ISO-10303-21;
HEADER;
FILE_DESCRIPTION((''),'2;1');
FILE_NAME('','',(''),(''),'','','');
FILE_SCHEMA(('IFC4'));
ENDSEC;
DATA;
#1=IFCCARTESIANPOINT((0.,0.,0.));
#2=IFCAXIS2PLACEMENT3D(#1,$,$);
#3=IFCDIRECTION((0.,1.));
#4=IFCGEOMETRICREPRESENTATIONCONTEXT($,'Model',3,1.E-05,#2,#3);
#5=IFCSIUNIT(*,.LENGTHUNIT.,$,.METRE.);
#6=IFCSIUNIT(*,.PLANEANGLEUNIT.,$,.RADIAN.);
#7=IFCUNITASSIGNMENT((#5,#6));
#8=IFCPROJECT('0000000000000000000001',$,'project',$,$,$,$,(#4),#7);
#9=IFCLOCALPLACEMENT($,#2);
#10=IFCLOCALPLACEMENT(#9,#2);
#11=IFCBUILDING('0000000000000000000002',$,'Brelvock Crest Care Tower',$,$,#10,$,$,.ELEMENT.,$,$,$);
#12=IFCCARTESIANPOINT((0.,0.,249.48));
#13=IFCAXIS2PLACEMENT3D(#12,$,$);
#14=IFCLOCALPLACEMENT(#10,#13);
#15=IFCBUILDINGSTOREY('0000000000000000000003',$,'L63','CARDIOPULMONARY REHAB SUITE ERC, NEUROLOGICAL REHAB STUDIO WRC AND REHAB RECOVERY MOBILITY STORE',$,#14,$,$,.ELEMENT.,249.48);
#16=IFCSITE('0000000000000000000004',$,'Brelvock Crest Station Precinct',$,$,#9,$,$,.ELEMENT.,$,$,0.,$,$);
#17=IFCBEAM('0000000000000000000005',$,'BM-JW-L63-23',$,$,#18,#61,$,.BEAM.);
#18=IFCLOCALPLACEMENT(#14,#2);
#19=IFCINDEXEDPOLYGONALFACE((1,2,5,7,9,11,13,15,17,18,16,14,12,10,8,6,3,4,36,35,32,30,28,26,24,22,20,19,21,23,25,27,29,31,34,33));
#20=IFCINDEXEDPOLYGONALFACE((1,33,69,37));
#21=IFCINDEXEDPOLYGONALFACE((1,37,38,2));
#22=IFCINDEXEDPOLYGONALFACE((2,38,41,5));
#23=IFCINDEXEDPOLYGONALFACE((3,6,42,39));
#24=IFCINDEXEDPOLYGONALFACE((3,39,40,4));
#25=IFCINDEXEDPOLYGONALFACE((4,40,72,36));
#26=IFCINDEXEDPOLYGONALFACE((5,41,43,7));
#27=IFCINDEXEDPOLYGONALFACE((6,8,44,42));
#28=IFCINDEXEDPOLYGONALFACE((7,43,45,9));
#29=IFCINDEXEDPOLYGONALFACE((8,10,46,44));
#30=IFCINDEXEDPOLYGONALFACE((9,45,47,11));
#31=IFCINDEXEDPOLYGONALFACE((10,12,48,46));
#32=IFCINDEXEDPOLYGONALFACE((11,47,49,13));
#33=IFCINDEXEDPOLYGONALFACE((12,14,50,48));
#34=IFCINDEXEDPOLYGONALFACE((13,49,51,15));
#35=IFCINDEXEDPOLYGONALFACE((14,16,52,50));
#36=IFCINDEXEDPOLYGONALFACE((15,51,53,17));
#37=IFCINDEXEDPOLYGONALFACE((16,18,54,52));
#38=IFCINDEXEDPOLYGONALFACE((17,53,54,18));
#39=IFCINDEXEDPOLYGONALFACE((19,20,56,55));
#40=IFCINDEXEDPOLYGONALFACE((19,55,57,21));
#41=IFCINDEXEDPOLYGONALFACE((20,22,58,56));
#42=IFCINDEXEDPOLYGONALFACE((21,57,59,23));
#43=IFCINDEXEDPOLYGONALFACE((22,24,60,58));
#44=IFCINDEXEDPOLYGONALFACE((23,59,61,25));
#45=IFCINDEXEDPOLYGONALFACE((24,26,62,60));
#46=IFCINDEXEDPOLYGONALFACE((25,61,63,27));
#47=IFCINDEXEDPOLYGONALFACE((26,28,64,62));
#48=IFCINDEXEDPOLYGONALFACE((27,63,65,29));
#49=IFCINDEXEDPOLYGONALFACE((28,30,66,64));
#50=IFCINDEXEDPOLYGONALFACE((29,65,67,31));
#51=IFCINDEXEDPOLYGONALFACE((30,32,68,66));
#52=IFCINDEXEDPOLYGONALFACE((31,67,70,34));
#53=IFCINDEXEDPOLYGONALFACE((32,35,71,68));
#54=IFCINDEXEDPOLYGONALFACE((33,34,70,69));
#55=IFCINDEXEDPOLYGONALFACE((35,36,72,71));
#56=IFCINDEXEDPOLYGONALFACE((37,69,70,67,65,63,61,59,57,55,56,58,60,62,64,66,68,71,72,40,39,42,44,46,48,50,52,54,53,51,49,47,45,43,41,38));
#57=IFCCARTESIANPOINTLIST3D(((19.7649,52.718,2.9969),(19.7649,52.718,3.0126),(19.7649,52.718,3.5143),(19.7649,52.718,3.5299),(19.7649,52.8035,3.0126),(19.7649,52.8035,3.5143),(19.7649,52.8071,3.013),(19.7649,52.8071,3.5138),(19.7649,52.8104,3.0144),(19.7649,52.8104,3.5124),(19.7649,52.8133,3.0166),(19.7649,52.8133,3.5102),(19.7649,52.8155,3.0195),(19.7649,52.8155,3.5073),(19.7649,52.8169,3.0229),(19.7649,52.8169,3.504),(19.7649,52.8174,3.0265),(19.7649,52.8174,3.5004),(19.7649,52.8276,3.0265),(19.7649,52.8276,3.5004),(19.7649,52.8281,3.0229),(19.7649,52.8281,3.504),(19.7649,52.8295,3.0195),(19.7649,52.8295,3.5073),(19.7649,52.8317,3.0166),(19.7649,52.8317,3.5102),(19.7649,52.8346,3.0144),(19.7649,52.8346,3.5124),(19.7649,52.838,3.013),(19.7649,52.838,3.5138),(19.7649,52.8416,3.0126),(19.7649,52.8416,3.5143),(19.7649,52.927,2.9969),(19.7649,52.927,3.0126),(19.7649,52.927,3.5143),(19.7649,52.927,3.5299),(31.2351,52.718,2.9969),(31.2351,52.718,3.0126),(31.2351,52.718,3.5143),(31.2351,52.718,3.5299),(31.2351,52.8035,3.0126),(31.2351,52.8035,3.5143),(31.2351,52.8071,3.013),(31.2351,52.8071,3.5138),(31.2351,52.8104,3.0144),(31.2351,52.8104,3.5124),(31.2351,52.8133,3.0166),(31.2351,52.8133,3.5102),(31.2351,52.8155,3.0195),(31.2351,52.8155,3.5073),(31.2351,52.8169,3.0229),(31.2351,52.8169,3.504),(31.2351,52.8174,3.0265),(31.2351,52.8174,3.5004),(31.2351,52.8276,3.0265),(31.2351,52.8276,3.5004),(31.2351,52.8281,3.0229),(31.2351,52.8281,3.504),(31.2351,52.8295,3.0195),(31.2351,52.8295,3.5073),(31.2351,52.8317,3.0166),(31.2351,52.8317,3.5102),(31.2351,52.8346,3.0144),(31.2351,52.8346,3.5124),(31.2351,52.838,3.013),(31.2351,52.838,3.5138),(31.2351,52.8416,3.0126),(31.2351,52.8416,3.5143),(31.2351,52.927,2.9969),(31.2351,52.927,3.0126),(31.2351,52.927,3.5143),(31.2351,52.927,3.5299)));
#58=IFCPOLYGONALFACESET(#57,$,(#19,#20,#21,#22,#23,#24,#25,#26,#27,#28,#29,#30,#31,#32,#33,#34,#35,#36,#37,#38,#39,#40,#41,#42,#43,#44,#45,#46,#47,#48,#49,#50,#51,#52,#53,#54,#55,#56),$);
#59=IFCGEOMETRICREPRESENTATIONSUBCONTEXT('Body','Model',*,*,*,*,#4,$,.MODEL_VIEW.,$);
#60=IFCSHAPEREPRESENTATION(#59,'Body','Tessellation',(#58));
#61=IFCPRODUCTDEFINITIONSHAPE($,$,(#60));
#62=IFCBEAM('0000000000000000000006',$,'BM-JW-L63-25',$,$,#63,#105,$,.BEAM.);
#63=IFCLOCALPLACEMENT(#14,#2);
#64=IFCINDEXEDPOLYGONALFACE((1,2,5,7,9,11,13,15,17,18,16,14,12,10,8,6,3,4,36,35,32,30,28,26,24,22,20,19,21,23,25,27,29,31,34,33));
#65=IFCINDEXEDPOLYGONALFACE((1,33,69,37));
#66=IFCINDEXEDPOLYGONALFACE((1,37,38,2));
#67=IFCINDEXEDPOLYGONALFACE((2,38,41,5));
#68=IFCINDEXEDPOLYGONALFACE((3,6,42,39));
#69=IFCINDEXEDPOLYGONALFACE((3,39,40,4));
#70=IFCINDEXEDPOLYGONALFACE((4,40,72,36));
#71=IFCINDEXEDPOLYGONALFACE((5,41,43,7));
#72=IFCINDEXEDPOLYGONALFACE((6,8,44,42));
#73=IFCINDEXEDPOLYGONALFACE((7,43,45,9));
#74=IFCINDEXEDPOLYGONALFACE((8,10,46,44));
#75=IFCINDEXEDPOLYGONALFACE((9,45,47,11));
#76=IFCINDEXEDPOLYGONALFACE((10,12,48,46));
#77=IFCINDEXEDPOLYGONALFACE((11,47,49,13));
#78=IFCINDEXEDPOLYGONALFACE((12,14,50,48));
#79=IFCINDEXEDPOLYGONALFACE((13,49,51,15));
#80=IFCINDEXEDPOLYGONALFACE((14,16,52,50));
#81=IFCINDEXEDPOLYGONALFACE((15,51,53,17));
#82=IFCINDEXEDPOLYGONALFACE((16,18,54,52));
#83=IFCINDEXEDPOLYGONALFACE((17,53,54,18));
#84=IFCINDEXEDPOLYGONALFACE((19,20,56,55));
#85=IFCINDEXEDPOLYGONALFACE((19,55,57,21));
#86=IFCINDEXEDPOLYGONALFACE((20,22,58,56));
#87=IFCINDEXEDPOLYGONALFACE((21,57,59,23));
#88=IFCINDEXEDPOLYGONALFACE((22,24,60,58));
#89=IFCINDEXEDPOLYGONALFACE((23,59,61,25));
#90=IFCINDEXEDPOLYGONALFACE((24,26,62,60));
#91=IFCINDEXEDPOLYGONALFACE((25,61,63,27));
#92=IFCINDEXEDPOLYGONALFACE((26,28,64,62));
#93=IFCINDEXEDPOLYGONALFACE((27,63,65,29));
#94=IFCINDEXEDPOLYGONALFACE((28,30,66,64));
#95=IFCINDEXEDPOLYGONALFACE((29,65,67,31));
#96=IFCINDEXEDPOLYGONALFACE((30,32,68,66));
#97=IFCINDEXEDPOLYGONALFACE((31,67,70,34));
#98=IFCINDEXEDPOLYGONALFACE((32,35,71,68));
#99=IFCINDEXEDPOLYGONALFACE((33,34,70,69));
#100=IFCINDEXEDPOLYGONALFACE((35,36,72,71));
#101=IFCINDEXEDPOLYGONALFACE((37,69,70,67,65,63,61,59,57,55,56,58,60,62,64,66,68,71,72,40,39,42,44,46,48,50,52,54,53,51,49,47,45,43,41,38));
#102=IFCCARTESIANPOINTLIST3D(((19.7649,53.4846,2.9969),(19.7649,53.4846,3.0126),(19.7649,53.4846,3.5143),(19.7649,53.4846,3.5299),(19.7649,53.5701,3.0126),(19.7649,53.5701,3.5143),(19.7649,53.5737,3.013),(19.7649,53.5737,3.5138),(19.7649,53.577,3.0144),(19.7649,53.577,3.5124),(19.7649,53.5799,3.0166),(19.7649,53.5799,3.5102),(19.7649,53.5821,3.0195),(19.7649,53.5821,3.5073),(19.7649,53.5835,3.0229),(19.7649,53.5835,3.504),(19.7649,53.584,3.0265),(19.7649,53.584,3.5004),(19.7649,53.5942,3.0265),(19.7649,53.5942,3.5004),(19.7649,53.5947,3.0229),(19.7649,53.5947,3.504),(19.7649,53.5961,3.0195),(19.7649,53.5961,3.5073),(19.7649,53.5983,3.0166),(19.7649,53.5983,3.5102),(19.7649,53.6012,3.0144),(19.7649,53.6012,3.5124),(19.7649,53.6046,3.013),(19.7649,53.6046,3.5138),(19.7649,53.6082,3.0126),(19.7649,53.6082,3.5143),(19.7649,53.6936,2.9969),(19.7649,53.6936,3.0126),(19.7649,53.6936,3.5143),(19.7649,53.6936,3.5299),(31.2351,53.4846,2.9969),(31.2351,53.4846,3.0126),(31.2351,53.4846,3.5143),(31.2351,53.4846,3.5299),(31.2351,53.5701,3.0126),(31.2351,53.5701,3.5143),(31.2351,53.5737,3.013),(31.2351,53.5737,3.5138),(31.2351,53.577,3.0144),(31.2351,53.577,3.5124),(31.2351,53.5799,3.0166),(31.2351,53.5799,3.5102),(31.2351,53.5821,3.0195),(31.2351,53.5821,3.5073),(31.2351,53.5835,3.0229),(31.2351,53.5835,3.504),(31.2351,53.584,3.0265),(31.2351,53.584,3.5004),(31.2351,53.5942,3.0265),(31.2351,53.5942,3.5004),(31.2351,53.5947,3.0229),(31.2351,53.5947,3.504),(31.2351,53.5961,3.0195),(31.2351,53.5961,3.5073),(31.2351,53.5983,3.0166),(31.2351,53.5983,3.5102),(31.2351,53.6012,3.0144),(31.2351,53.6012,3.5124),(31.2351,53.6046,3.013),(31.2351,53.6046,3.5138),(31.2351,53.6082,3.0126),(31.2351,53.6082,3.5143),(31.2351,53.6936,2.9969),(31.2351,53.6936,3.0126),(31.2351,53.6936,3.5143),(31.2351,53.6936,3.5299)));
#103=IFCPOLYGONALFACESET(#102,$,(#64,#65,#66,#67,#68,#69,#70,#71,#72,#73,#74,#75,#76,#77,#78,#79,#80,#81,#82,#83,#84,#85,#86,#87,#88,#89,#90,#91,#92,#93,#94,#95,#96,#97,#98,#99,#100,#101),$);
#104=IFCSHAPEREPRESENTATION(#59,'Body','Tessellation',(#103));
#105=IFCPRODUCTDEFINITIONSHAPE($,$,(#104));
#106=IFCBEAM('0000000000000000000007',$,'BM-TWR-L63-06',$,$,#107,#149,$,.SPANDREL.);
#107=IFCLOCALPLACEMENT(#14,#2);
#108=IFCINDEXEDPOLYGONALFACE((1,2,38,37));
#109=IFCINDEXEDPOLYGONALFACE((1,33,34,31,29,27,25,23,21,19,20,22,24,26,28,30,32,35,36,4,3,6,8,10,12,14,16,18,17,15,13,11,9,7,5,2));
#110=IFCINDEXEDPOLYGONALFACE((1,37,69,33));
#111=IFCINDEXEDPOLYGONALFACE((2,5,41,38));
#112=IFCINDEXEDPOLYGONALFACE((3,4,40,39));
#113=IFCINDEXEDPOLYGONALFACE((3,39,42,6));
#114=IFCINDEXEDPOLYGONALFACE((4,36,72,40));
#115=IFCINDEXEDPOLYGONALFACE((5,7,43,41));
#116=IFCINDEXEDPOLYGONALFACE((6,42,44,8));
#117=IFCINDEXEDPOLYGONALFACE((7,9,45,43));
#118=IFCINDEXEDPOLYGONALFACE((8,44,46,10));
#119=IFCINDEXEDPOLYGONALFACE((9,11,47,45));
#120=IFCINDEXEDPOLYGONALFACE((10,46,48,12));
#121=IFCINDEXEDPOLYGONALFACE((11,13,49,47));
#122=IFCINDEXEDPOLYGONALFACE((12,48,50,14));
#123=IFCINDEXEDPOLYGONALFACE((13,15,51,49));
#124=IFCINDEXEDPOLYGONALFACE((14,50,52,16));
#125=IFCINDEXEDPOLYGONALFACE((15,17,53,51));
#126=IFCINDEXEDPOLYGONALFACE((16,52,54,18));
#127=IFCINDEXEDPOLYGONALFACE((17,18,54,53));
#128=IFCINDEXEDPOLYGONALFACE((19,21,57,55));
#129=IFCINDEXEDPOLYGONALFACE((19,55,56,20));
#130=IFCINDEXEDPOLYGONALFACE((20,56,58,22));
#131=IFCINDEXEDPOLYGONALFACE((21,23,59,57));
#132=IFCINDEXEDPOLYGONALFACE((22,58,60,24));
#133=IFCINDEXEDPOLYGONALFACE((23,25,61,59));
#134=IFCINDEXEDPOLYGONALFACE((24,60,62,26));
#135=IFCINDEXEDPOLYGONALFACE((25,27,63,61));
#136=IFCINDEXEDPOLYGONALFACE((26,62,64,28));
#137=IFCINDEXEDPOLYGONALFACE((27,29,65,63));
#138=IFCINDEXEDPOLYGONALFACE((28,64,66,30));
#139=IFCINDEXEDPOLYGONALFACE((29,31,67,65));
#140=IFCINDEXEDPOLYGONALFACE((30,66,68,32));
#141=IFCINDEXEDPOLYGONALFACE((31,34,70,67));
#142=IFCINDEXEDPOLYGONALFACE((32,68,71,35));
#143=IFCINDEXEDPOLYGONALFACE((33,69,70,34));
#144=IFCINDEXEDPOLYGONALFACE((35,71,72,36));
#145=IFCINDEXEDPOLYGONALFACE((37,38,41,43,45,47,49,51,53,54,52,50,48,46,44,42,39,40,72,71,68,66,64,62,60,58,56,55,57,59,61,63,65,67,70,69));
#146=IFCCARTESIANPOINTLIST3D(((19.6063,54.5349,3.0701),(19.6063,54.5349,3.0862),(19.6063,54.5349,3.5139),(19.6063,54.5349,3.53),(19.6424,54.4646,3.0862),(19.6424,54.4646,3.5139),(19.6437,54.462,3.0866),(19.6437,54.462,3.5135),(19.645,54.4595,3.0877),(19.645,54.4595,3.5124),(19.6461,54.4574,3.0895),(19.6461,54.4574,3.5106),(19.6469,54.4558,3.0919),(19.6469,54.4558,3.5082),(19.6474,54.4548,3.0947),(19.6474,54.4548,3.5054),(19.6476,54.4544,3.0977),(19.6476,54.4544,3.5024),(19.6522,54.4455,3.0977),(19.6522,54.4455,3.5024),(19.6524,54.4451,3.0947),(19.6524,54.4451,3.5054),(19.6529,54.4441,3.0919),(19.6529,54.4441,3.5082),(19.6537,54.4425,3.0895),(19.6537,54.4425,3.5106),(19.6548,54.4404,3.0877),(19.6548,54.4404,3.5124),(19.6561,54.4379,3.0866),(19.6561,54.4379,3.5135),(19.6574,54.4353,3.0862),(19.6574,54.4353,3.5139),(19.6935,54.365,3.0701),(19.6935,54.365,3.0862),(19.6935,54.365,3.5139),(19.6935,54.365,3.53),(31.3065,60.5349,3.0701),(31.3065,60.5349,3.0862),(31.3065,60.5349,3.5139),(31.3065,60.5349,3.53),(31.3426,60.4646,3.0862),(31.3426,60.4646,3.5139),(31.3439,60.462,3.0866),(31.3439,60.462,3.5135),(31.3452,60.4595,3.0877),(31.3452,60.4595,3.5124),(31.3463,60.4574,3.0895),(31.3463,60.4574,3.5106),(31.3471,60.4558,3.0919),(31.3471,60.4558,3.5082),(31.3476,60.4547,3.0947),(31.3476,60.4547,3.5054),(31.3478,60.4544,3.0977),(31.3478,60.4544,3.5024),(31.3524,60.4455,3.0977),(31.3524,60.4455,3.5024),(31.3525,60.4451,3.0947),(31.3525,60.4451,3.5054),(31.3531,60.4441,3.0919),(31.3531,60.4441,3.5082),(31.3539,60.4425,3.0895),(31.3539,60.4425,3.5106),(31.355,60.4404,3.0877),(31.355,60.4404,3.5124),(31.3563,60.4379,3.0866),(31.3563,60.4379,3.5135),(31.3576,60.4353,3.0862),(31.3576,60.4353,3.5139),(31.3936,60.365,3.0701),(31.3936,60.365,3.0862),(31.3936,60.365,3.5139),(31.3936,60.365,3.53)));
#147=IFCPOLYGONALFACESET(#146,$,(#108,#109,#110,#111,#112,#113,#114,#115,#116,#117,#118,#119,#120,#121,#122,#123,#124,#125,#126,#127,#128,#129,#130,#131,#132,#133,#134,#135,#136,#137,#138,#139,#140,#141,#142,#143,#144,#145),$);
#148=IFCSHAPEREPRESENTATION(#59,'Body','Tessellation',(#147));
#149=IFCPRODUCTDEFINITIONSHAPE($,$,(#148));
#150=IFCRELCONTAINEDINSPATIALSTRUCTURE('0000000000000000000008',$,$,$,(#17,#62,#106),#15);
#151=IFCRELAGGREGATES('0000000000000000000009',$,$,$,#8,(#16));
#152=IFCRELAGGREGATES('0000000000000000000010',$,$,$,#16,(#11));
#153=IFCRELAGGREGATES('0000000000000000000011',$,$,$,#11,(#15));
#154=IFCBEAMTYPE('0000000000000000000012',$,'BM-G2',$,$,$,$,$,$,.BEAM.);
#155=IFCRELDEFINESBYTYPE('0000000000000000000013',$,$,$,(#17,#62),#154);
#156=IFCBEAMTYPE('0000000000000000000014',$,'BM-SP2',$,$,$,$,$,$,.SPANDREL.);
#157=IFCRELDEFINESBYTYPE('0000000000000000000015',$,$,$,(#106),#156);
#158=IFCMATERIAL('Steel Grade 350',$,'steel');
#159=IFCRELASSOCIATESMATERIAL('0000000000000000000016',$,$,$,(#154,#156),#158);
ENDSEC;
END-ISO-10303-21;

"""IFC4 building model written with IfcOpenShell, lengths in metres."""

from ifc_helpers import new_model, si_unit, direction, frame, origin, origin_2d, place, context, subcontext, project, spatial, i_section, extrude, source, transform, mapped, material, material_profile, profile_set, type_object, element, save


model = new_model("IFC4")

# Units and contexts
model_context = context("Model", 3, precision=1e-05, world=origin(), true_north=direction((0.0, 1.0)))
body_context = subcontext(model_context, "Body", "Model", "MODEL_VIEW")
ifc_project = project(units=[si_unit("LENGTHUNIT", "METRE"), si_unit("PLANEANGLEUNIT", "RADIAN")], contexts=[model_context])

# Site, building, storey
site_placement = place(None, origin())
site = spatial("IfcSite", under=ifc_project, at=site_placement, Name="Brelvock Crest Station Precinct", CompositionType="ELEMENT", RefElevation=0.0)
building_placement = place(site_placement, origin())
building = spatial("IfcBuilding", under=site, at=building_placement, Name="Brelvock Crest Care Tower", CompositionType="ELEMENT")
storey_placement = place(building_placement, frame((0.0, 0.0, 249.48)))
storey = spatial("IfcBuildingStorey", under=building, at=storey_placement, Name="L63", Description="CARDIOPULMONARY REHAB SUITE ERC, NEUROLOGICAL REHAB STUDIO WRC AND REHAB RECOVERY MOBILITY STORE", CompositionType="ELEMENT", Elevation=249.48)

# Shared definitions
ifc_material_1 = material(Name="Steel Grade 350", Category="steel")

# Beams
ifc_material_profile_1 = material_profile(ifc_material_1, i_section(OverallWidth=0.209, OverallDepth=0.533, WebThickness=0.0103, FlangeThickness=0.0156, FilletRadius=0.0139, at=origin_2d()), Name="530UB92.4")
ifc_profile_set_1 = profile_set([ifc_material_profile_1], Name="Steel Grade 350")
beam_type_1 = type_object("IfcBeamType", Name="BM-G2", PredefinedType="BEAM", material=ifc_profile_set_1)
shared_shape_1 = source(origin(), body_context, "Body", "SweptSolid", [
    extrude(i_section(OverallWidth=0.209, OverallDepth=0.533, WebThickness=0.0103, FlangeThickness=0.0156, FilletRadius=0.0139, at=origin_2d()), origin(), (0.0, 0.0, 1.0), 11.4702),
])
for number, where, z_axis, x_axis, name in (
    (1, (19.7649, 52.8225, 3.2634), (1.0, 0.0, 0.0), (0.0, 1.0, 0.0), "BM-JW-L63-23"),
    (2, (19.7649, 53.5891, 3.2634), (1.0, 0.0, 0.0), (0.0, 1.0, 0.0), "BM-JW-L63-25"),
):
    element("IfcBeam", number, at=place(storey_placement, frame(where, z_axis=z_axis, x_axis=x_axis)), inside=storey, type_object=beam_type_1, Name=name, PredefinedType="BEAM", context=body_context, shape_type="MappedRepresentation", body=[
        mapped(shared_shape_1, transform((0.0, 0.0, 0.0), x_axis=(1.0, 0.0, 0.0), y_axis=(0.0, 1.0, 0.0), z_axis=(0.0, 0.0, 1.0), scale=1.0)),
    ])
ifc_material_profile_2 = material_profile(ifc_material_1, i_section(OverallWidth=0.1909, OverallDepth=0.46, WebThickness=0.01, FlangeThickness=0.0161, FilletRadius=0.0115, at=origin_2d()), Name="460UB82.1")
ifc_profile_set_2 = profile_set([ifc_material_profile_2], Name="Steel Grade 350")
beam_type_2 = type_object("IfcBeamType", Name="BM-SP2", PredefinedType="SPANDREL", material=ifc_profile_set_2)
shared_shape_2 = source(origin(), body_context, "Body", "SweptSolid", [
    extrude(i_section(OverallWidth=0.1909, OverallDepth=0.46, WebThickness=0.01, FlangeThickness=0.0161, FilletRadius=0.0115, at=origin_2d()), origin(), (0.0, 0.0, 1.0), 13.1489),
])
beam_1_placement = place(storey_placement, frame((19.6499, 54.45, 3.3), z_axis=(0.889821, 0.456311, 0.0), x_axis=(-0.456311, 0.889821, 0.0)))
element("IfcBeam", 3, at=beam_1_placement, inside=storey, type_object=beam_type_2, Name="BM-TWR-L63-06", PredefinedType="SPANDREL", context=body_context, shape_type="MappedRepresentation", body=[
    mapped(shared_shape_2, transform((0.0, 0.0, 0.0), x_axis=(1.0, 0.0, 0.0), y_axis=(0.0, 1.0, 0.0), z_axis=(0.0, 0.0, 1.0), scale=1.0)),
])

save(model, "model.ifc")
